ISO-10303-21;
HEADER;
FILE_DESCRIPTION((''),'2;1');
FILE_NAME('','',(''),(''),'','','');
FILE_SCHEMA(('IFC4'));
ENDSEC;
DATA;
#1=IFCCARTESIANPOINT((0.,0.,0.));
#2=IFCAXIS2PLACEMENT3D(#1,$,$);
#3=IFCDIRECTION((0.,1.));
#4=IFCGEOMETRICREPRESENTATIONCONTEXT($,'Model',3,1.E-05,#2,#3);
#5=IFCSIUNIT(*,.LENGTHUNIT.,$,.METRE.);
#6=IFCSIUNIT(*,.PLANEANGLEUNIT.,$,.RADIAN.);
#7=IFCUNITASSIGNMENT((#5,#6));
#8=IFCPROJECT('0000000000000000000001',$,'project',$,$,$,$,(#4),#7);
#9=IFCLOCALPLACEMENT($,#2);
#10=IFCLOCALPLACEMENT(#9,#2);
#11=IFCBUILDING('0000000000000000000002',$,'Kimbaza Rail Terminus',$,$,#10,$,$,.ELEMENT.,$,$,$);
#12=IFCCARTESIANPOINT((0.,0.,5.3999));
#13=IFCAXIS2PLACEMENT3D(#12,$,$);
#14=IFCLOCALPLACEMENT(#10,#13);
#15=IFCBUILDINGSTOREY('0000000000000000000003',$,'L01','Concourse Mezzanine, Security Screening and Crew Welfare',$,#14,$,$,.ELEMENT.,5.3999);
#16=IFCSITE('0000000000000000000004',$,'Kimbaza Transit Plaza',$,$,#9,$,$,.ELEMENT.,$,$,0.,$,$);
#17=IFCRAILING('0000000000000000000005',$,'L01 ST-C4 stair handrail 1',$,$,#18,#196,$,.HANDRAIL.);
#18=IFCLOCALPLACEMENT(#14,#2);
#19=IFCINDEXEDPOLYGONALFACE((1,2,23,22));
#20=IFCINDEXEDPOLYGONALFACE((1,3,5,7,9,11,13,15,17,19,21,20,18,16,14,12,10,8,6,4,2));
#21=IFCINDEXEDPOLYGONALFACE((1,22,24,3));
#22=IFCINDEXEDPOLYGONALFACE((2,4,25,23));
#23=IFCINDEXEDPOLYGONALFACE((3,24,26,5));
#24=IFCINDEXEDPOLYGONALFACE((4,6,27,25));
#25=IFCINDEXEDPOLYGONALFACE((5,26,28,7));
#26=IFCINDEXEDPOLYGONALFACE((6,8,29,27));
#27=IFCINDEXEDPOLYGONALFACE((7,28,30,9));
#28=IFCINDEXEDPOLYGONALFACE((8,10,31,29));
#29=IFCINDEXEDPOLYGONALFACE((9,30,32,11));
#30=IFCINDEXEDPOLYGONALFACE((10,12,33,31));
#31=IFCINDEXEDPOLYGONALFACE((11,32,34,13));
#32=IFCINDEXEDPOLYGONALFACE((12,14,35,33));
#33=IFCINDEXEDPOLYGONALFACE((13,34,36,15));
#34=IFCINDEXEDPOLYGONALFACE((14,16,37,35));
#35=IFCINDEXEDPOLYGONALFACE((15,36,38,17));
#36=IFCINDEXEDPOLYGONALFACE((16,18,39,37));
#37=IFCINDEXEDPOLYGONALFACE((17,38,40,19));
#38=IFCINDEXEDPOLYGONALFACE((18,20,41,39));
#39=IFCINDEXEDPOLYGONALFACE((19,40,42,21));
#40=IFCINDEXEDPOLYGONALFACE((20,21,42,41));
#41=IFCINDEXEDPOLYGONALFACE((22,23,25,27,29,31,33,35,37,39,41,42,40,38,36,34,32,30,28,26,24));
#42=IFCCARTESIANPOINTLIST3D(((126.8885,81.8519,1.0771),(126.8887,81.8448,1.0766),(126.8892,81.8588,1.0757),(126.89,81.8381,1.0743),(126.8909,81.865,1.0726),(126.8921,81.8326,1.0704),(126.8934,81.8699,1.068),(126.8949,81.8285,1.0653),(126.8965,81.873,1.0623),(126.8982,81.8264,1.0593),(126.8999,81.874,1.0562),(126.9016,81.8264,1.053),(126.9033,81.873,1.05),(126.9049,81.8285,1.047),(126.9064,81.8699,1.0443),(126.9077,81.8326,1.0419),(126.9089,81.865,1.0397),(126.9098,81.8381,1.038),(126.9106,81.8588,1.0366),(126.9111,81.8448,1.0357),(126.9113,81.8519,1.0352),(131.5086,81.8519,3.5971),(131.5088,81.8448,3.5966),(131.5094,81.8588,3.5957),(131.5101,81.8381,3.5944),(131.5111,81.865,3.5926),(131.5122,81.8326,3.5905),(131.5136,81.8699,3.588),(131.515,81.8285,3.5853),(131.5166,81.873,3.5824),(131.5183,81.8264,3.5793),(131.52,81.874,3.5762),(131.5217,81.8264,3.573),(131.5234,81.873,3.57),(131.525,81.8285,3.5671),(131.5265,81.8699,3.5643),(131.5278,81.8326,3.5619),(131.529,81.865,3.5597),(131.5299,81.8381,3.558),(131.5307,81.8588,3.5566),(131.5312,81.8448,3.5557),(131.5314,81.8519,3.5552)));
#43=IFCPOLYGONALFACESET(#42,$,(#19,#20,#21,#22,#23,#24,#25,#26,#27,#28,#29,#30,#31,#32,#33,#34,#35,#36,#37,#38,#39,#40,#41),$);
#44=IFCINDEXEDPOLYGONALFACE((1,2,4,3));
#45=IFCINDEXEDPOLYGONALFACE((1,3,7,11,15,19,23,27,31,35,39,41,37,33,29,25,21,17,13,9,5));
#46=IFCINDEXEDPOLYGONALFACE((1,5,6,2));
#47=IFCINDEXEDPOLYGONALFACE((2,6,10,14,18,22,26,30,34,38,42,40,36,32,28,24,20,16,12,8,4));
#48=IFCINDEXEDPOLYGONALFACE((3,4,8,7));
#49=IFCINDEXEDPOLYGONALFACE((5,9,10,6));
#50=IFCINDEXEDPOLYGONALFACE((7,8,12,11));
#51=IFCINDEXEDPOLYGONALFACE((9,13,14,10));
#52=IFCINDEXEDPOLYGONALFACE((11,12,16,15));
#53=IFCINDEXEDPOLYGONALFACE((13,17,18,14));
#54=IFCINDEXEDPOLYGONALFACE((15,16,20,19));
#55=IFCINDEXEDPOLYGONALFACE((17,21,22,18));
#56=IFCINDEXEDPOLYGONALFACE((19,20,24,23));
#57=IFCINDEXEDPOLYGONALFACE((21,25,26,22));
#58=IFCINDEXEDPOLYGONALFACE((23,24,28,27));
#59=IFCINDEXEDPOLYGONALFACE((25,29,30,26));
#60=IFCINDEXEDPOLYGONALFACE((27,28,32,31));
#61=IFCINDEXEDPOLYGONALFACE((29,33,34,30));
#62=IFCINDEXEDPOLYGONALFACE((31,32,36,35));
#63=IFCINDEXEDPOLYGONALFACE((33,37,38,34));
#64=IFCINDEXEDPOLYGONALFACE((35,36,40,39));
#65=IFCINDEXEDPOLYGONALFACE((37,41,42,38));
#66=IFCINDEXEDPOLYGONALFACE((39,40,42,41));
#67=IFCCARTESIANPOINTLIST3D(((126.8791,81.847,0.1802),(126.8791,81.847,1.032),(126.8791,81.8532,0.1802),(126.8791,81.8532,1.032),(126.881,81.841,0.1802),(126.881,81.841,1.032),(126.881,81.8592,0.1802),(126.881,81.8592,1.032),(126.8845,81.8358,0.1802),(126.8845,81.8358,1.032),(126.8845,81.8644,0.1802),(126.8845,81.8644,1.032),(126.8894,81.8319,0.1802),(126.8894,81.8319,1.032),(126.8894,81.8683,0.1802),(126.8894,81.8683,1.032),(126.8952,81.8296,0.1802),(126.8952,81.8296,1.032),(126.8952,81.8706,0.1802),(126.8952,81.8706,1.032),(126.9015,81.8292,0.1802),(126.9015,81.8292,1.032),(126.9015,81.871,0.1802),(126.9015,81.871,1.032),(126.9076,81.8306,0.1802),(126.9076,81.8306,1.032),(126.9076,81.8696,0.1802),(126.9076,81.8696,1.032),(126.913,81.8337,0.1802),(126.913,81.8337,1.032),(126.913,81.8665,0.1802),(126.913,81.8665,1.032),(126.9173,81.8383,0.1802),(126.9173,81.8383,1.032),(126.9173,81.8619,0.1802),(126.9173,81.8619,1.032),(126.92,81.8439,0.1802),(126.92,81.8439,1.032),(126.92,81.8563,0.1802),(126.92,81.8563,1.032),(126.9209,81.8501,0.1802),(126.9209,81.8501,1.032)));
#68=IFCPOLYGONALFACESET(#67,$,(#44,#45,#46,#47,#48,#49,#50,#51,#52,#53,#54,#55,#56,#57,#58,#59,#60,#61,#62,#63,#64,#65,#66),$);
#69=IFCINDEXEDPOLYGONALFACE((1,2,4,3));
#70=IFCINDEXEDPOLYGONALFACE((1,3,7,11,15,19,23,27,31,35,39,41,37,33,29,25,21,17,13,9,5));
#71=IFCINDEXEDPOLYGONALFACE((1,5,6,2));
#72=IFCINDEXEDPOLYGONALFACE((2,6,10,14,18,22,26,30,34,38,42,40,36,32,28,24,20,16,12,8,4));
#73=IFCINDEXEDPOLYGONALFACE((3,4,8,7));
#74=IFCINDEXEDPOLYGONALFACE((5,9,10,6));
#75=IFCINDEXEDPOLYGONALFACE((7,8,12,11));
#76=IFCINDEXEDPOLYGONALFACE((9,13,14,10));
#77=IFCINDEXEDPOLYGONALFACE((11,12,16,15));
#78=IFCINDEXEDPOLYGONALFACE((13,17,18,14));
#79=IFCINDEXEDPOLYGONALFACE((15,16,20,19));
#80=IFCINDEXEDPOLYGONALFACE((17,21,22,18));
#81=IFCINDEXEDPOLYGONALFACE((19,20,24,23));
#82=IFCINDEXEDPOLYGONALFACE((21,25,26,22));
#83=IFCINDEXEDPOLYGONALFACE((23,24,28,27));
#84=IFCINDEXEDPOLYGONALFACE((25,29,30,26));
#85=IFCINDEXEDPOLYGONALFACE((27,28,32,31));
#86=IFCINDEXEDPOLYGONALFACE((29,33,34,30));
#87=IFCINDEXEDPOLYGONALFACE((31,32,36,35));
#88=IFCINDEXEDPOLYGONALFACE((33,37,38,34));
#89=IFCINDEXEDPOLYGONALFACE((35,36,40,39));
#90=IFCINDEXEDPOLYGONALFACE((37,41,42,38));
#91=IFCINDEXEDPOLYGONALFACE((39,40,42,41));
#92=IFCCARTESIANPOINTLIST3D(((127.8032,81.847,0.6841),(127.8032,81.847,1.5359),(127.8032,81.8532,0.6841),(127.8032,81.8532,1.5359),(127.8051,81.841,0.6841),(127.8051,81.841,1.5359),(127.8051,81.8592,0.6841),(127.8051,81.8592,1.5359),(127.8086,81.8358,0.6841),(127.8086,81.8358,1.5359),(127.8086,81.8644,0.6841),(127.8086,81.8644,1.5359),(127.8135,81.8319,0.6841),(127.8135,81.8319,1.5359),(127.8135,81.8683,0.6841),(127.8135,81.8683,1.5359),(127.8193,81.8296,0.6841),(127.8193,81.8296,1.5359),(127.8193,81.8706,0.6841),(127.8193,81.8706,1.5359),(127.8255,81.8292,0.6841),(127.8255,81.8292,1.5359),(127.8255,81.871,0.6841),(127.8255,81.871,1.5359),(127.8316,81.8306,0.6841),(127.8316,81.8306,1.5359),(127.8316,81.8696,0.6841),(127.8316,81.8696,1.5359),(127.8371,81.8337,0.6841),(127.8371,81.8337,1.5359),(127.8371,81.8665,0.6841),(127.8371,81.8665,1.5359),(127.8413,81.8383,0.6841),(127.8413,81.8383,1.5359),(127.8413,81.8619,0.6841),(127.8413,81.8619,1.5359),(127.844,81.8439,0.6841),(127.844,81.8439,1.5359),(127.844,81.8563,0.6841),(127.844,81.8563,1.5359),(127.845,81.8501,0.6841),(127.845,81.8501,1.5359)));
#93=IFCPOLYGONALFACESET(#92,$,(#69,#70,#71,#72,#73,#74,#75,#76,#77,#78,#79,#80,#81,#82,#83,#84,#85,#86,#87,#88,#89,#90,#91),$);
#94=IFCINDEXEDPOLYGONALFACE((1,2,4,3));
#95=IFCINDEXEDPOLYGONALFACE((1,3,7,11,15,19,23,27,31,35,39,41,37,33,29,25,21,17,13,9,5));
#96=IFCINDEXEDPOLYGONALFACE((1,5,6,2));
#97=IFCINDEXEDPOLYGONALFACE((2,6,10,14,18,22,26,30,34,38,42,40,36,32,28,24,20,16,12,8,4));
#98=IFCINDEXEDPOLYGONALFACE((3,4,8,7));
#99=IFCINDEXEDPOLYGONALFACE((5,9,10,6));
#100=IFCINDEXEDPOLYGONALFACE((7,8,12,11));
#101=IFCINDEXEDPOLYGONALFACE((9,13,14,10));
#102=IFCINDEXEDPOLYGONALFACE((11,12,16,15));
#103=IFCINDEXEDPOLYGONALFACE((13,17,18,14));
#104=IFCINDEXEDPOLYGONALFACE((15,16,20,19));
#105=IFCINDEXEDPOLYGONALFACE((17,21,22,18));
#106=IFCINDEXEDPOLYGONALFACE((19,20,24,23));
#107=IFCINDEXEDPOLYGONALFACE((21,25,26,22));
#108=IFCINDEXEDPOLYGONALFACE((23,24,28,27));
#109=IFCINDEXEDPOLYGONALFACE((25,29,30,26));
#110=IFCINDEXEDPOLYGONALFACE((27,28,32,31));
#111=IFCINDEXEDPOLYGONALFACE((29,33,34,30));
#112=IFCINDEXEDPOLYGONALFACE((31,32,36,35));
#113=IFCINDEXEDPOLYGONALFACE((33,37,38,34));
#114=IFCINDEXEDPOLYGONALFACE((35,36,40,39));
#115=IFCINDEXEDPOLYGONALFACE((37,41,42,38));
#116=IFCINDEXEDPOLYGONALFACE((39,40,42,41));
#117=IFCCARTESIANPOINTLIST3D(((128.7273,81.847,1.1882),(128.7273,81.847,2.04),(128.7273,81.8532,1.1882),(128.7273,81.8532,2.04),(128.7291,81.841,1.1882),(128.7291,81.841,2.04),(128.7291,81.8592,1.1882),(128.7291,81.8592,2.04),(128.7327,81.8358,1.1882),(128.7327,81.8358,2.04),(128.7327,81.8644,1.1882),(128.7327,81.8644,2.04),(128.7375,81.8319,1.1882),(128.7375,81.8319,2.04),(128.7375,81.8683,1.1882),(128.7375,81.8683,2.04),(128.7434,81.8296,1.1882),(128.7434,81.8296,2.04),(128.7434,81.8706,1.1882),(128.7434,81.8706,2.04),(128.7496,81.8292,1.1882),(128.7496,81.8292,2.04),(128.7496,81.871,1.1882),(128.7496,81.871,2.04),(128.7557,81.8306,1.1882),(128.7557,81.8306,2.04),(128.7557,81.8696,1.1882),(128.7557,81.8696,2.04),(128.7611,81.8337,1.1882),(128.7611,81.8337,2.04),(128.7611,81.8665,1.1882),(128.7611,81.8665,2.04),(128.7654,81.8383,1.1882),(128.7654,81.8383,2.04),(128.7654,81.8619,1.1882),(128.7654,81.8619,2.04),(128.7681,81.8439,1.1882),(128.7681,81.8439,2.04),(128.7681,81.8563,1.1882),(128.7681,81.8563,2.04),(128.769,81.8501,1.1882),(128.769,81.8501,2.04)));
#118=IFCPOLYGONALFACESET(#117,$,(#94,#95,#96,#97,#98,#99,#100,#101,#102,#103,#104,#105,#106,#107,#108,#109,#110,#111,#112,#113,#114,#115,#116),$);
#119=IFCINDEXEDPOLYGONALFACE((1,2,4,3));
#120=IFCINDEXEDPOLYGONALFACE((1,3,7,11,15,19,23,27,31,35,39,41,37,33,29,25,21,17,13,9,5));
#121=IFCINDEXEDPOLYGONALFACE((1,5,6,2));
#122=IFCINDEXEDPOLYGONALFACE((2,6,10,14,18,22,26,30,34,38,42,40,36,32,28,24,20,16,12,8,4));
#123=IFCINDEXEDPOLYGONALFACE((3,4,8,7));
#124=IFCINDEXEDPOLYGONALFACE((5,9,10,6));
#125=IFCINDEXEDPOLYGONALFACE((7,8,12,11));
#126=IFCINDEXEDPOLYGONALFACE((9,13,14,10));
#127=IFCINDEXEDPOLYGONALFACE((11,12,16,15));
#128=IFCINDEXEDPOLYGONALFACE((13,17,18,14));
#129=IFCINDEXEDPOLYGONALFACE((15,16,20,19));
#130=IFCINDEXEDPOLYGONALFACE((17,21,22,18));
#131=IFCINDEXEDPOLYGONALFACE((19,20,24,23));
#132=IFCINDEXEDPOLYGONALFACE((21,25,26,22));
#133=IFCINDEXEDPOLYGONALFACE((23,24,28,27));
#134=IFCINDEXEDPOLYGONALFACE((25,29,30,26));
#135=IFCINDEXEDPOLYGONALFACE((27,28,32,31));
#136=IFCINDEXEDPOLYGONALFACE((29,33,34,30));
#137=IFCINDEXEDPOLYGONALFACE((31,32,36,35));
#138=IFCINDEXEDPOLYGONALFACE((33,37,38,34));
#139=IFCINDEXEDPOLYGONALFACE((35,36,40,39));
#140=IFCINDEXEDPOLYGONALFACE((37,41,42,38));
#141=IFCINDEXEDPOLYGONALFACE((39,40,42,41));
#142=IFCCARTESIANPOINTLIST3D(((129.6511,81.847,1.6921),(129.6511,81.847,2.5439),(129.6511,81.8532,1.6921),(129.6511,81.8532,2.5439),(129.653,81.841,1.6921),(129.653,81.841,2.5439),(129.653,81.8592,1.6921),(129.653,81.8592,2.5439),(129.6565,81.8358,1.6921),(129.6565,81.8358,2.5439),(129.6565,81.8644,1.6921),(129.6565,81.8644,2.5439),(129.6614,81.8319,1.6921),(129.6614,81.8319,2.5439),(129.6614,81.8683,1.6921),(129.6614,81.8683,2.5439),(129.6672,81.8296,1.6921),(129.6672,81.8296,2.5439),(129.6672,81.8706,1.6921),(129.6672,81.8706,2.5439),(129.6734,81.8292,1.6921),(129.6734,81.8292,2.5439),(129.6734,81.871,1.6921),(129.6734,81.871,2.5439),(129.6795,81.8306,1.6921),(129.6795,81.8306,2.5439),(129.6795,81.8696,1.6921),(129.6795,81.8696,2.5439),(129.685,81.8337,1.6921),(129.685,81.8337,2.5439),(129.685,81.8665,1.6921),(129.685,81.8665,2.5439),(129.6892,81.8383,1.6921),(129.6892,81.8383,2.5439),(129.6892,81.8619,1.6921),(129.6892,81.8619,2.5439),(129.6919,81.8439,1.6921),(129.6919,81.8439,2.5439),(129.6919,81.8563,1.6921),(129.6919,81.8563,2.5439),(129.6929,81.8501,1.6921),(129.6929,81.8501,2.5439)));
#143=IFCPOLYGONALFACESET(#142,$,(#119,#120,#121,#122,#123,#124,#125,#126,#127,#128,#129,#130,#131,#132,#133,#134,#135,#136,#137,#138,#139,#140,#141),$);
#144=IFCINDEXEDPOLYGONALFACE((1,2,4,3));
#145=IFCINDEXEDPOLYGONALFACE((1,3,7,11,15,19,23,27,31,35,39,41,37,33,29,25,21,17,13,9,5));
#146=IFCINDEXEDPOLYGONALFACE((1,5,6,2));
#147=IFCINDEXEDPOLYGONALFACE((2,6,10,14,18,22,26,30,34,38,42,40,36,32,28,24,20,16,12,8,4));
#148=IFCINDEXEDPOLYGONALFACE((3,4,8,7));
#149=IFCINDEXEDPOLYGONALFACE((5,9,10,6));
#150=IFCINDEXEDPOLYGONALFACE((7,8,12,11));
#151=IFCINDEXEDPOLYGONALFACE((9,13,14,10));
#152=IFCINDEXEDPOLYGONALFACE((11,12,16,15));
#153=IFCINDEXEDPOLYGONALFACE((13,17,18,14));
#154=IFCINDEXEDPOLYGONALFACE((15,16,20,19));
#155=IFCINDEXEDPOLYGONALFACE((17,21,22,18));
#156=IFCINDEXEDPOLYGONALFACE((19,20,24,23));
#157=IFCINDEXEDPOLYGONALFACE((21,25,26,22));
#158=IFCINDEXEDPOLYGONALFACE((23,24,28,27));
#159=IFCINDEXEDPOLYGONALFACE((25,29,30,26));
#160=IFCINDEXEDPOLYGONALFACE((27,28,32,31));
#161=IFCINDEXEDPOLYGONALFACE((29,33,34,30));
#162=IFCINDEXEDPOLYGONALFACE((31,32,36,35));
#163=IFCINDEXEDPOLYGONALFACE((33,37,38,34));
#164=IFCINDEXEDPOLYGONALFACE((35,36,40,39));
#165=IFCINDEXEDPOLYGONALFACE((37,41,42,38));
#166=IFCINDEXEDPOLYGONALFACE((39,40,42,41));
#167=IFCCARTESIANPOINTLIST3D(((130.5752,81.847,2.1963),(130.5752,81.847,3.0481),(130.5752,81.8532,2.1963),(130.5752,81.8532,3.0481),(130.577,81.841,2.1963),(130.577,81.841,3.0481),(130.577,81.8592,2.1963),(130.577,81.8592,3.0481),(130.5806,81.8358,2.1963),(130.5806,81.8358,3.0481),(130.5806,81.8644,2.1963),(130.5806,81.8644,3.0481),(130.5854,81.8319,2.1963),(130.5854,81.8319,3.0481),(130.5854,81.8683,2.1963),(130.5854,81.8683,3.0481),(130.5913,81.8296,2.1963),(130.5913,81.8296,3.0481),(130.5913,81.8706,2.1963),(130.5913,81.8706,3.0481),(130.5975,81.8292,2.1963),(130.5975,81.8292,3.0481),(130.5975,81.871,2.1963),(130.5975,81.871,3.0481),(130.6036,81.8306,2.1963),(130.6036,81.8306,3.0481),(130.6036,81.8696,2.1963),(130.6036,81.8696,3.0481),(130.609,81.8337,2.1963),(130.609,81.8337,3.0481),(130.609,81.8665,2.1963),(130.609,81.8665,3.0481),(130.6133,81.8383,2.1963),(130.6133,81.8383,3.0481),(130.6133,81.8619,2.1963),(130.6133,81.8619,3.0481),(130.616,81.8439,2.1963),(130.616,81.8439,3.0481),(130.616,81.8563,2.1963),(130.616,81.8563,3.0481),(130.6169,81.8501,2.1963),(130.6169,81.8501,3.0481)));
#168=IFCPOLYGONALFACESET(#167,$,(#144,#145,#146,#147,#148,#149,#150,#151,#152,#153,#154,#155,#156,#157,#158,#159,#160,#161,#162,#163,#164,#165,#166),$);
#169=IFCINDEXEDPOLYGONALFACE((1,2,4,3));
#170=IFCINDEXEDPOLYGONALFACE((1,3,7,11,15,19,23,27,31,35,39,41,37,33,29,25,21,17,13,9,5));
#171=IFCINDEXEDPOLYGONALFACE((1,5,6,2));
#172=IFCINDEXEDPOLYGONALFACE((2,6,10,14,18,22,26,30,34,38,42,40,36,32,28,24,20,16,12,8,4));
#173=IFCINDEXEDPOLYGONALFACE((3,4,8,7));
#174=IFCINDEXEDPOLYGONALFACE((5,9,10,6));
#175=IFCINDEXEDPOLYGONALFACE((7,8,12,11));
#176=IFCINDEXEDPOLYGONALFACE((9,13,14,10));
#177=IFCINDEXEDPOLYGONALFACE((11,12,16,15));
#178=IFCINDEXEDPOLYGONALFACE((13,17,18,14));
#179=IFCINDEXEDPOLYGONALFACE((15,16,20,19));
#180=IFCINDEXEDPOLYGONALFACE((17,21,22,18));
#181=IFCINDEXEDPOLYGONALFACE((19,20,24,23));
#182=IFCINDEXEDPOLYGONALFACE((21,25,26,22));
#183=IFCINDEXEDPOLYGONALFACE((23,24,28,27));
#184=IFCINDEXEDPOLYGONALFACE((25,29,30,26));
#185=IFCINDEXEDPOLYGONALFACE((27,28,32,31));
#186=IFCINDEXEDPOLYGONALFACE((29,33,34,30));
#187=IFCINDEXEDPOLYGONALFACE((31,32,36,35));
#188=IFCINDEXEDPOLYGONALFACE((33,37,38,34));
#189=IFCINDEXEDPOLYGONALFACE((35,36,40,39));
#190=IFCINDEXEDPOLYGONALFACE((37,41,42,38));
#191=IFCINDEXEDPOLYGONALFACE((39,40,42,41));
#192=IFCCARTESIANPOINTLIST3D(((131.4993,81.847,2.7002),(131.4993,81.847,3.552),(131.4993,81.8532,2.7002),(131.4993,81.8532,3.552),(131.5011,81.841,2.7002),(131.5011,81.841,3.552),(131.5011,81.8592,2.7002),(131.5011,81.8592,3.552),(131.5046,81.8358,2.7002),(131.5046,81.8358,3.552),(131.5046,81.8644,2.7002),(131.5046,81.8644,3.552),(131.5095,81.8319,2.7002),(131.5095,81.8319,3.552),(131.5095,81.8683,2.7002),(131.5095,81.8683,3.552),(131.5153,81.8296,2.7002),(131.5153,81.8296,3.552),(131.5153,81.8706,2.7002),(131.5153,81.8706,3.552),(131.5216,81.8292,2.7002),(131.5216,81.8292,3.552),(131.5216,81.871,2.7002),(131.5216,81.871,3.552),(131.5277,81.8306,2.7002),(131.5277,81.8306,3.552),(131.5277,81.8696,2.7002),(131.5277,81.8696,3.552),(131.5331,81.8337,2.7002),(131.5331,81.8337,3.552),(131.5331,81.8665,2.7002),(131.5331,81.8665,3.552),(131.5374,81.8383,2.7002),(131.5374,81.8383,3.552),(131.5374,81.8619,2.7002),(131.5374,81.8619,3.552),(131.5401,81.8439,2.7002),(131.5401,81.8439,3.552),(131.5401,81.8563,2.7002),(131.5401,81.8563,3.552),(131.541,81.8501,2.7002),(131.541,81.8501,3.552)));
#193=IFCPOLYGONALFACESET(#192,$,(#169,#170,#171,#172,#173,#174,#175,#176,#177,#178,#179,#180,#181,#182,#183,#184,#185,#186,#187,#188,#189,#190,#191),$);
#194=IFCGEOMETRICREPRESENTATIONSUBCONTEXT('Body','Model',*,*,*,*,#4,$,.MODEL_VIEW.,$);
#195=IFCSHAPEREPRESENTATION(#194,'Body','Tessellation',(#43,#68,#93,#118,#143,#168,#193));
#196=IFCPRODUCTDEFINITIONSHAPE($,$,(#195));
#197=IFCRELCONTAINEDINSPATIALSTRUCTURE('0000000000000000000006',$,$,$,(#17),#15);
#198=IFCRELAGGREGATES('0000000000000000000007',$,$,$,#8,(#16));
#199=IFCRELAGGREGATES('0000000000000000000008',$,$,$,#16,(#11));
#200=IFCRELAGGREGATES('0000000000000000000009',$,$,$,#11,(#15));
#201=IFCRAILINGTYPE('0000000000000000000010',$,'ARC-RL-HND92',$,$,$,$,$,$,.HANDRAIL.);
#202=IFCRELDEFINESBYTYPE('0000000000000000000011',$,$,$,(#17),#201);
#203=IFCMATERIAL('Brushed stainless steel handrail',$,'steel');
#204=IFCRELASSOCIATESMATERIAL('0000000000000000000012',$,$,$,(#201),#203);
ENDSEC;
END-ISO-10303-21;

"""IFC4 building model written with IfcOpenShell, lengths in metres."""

from ifc_helpers import new_model, si_unit, direction, frame, origin, origin_2d, place, context, subcontext, project, spatial, circle, extrude, material, type_object, element, save


model = new_model("IFC4")

# Units and contexts
model_context = context("Model", 3, precision=1e-05, world=origin(), true_north=direction((0.0, 1.0)))
body_context = subcontext(model_context, "Body", "Model", "MODEL_VIEW")
ifc_project = project(units=[si_unit("LENGTHUNIT", "METRE"), si_unit("PLANEANGLEUNIT", "RADIAN")], contexts=[model_context])

# Site, building, storey
site_placement = place(None, origin())
site = spatial("IfcSite", under=ifc_project, at=site_placement, Name="Kimbaza Transit Plaza", CompositionType="ELEMENT", RefElevation=0.0)
building_placement = place(site_placement, origin())
building = spatial("IfcBuilding", under=site, at=building_placement, Name="Kimbaza Rail Terminus", CompositionType="ELEMENT")
storey_placement = place(building_placement, frame((0.0, 0.0, 5.3999)))
storey = spatial("IfcBuildingStorey", under=building, at=storey_placement, Name="L01", Description="Concourse Mezzanine, Security Screening and Crew Welfare", CompositionType="ELEMENT", Elevation=5.3999)

# Railing
ifc_material_1 = material(Name="Brushed stainless steel handrail", Category="steel")
railing_type_1 = type_object("IfcRailingType", Name="ARC-RL-HND92", PredefinedType="HANDRAIL", material=ifc_material_1)
railing_1_placement = place(storey_placement, frame((126.8999, 81.8501, 0.1802)))
element("IfcRailing", 1, at=railing_1_placement, inside=storey, type_object=railing_type_1, Name="L01 ST-C4 stair handrail 1", PredefinedType="HANDRAIL", context=body_context, shape_type="SweptSolid", body=[
    extrude(circle(Radius=0.0239, at=origin_2d()), frame((0.0, 0.0, 0.876), z_axis=(0.877899, 0.0, 0.478846), x_axis=(0.0, 1.0, 0.0)), (0.0, 0.0, 1.0), 5.2627),
    extrude(circle(Radius=0.021, at=origin_2d()), origin(), (0.0, 0.0, 1.0), 0.8518),
    extrude(circle(Radius=0.021, at=origin_2d()), frame((0.9241, 0.0, 0.5039)), (0.0, 0.0, 1.0), 0.8518),
    extrude(circle(Radius=0.021, at=origin_2d()), frame((1.8481, 0.0, 1.0081)), (0.0, 0.0, 1.0), 0.8518),
    extrude(circle(Radius=0.021, at=origin_2d()), frame((2.772, 0.0, 1.512)), (0.0, 0.0, 1.0), 0.8518),
    extrude(circle(Radius=0.021, at=origin_2d()), frame((3.696, 0.0, 2.0161)), (0.0, 0.0, 1.0), 0.8518),
    extrude(circle(Radius=0.021, at=origin_2d()), frame((4.6201, 0.0, 2.52)), (0.0, 0.0, 1.0), 0.8518),
])

save(model, "model.ifc")
